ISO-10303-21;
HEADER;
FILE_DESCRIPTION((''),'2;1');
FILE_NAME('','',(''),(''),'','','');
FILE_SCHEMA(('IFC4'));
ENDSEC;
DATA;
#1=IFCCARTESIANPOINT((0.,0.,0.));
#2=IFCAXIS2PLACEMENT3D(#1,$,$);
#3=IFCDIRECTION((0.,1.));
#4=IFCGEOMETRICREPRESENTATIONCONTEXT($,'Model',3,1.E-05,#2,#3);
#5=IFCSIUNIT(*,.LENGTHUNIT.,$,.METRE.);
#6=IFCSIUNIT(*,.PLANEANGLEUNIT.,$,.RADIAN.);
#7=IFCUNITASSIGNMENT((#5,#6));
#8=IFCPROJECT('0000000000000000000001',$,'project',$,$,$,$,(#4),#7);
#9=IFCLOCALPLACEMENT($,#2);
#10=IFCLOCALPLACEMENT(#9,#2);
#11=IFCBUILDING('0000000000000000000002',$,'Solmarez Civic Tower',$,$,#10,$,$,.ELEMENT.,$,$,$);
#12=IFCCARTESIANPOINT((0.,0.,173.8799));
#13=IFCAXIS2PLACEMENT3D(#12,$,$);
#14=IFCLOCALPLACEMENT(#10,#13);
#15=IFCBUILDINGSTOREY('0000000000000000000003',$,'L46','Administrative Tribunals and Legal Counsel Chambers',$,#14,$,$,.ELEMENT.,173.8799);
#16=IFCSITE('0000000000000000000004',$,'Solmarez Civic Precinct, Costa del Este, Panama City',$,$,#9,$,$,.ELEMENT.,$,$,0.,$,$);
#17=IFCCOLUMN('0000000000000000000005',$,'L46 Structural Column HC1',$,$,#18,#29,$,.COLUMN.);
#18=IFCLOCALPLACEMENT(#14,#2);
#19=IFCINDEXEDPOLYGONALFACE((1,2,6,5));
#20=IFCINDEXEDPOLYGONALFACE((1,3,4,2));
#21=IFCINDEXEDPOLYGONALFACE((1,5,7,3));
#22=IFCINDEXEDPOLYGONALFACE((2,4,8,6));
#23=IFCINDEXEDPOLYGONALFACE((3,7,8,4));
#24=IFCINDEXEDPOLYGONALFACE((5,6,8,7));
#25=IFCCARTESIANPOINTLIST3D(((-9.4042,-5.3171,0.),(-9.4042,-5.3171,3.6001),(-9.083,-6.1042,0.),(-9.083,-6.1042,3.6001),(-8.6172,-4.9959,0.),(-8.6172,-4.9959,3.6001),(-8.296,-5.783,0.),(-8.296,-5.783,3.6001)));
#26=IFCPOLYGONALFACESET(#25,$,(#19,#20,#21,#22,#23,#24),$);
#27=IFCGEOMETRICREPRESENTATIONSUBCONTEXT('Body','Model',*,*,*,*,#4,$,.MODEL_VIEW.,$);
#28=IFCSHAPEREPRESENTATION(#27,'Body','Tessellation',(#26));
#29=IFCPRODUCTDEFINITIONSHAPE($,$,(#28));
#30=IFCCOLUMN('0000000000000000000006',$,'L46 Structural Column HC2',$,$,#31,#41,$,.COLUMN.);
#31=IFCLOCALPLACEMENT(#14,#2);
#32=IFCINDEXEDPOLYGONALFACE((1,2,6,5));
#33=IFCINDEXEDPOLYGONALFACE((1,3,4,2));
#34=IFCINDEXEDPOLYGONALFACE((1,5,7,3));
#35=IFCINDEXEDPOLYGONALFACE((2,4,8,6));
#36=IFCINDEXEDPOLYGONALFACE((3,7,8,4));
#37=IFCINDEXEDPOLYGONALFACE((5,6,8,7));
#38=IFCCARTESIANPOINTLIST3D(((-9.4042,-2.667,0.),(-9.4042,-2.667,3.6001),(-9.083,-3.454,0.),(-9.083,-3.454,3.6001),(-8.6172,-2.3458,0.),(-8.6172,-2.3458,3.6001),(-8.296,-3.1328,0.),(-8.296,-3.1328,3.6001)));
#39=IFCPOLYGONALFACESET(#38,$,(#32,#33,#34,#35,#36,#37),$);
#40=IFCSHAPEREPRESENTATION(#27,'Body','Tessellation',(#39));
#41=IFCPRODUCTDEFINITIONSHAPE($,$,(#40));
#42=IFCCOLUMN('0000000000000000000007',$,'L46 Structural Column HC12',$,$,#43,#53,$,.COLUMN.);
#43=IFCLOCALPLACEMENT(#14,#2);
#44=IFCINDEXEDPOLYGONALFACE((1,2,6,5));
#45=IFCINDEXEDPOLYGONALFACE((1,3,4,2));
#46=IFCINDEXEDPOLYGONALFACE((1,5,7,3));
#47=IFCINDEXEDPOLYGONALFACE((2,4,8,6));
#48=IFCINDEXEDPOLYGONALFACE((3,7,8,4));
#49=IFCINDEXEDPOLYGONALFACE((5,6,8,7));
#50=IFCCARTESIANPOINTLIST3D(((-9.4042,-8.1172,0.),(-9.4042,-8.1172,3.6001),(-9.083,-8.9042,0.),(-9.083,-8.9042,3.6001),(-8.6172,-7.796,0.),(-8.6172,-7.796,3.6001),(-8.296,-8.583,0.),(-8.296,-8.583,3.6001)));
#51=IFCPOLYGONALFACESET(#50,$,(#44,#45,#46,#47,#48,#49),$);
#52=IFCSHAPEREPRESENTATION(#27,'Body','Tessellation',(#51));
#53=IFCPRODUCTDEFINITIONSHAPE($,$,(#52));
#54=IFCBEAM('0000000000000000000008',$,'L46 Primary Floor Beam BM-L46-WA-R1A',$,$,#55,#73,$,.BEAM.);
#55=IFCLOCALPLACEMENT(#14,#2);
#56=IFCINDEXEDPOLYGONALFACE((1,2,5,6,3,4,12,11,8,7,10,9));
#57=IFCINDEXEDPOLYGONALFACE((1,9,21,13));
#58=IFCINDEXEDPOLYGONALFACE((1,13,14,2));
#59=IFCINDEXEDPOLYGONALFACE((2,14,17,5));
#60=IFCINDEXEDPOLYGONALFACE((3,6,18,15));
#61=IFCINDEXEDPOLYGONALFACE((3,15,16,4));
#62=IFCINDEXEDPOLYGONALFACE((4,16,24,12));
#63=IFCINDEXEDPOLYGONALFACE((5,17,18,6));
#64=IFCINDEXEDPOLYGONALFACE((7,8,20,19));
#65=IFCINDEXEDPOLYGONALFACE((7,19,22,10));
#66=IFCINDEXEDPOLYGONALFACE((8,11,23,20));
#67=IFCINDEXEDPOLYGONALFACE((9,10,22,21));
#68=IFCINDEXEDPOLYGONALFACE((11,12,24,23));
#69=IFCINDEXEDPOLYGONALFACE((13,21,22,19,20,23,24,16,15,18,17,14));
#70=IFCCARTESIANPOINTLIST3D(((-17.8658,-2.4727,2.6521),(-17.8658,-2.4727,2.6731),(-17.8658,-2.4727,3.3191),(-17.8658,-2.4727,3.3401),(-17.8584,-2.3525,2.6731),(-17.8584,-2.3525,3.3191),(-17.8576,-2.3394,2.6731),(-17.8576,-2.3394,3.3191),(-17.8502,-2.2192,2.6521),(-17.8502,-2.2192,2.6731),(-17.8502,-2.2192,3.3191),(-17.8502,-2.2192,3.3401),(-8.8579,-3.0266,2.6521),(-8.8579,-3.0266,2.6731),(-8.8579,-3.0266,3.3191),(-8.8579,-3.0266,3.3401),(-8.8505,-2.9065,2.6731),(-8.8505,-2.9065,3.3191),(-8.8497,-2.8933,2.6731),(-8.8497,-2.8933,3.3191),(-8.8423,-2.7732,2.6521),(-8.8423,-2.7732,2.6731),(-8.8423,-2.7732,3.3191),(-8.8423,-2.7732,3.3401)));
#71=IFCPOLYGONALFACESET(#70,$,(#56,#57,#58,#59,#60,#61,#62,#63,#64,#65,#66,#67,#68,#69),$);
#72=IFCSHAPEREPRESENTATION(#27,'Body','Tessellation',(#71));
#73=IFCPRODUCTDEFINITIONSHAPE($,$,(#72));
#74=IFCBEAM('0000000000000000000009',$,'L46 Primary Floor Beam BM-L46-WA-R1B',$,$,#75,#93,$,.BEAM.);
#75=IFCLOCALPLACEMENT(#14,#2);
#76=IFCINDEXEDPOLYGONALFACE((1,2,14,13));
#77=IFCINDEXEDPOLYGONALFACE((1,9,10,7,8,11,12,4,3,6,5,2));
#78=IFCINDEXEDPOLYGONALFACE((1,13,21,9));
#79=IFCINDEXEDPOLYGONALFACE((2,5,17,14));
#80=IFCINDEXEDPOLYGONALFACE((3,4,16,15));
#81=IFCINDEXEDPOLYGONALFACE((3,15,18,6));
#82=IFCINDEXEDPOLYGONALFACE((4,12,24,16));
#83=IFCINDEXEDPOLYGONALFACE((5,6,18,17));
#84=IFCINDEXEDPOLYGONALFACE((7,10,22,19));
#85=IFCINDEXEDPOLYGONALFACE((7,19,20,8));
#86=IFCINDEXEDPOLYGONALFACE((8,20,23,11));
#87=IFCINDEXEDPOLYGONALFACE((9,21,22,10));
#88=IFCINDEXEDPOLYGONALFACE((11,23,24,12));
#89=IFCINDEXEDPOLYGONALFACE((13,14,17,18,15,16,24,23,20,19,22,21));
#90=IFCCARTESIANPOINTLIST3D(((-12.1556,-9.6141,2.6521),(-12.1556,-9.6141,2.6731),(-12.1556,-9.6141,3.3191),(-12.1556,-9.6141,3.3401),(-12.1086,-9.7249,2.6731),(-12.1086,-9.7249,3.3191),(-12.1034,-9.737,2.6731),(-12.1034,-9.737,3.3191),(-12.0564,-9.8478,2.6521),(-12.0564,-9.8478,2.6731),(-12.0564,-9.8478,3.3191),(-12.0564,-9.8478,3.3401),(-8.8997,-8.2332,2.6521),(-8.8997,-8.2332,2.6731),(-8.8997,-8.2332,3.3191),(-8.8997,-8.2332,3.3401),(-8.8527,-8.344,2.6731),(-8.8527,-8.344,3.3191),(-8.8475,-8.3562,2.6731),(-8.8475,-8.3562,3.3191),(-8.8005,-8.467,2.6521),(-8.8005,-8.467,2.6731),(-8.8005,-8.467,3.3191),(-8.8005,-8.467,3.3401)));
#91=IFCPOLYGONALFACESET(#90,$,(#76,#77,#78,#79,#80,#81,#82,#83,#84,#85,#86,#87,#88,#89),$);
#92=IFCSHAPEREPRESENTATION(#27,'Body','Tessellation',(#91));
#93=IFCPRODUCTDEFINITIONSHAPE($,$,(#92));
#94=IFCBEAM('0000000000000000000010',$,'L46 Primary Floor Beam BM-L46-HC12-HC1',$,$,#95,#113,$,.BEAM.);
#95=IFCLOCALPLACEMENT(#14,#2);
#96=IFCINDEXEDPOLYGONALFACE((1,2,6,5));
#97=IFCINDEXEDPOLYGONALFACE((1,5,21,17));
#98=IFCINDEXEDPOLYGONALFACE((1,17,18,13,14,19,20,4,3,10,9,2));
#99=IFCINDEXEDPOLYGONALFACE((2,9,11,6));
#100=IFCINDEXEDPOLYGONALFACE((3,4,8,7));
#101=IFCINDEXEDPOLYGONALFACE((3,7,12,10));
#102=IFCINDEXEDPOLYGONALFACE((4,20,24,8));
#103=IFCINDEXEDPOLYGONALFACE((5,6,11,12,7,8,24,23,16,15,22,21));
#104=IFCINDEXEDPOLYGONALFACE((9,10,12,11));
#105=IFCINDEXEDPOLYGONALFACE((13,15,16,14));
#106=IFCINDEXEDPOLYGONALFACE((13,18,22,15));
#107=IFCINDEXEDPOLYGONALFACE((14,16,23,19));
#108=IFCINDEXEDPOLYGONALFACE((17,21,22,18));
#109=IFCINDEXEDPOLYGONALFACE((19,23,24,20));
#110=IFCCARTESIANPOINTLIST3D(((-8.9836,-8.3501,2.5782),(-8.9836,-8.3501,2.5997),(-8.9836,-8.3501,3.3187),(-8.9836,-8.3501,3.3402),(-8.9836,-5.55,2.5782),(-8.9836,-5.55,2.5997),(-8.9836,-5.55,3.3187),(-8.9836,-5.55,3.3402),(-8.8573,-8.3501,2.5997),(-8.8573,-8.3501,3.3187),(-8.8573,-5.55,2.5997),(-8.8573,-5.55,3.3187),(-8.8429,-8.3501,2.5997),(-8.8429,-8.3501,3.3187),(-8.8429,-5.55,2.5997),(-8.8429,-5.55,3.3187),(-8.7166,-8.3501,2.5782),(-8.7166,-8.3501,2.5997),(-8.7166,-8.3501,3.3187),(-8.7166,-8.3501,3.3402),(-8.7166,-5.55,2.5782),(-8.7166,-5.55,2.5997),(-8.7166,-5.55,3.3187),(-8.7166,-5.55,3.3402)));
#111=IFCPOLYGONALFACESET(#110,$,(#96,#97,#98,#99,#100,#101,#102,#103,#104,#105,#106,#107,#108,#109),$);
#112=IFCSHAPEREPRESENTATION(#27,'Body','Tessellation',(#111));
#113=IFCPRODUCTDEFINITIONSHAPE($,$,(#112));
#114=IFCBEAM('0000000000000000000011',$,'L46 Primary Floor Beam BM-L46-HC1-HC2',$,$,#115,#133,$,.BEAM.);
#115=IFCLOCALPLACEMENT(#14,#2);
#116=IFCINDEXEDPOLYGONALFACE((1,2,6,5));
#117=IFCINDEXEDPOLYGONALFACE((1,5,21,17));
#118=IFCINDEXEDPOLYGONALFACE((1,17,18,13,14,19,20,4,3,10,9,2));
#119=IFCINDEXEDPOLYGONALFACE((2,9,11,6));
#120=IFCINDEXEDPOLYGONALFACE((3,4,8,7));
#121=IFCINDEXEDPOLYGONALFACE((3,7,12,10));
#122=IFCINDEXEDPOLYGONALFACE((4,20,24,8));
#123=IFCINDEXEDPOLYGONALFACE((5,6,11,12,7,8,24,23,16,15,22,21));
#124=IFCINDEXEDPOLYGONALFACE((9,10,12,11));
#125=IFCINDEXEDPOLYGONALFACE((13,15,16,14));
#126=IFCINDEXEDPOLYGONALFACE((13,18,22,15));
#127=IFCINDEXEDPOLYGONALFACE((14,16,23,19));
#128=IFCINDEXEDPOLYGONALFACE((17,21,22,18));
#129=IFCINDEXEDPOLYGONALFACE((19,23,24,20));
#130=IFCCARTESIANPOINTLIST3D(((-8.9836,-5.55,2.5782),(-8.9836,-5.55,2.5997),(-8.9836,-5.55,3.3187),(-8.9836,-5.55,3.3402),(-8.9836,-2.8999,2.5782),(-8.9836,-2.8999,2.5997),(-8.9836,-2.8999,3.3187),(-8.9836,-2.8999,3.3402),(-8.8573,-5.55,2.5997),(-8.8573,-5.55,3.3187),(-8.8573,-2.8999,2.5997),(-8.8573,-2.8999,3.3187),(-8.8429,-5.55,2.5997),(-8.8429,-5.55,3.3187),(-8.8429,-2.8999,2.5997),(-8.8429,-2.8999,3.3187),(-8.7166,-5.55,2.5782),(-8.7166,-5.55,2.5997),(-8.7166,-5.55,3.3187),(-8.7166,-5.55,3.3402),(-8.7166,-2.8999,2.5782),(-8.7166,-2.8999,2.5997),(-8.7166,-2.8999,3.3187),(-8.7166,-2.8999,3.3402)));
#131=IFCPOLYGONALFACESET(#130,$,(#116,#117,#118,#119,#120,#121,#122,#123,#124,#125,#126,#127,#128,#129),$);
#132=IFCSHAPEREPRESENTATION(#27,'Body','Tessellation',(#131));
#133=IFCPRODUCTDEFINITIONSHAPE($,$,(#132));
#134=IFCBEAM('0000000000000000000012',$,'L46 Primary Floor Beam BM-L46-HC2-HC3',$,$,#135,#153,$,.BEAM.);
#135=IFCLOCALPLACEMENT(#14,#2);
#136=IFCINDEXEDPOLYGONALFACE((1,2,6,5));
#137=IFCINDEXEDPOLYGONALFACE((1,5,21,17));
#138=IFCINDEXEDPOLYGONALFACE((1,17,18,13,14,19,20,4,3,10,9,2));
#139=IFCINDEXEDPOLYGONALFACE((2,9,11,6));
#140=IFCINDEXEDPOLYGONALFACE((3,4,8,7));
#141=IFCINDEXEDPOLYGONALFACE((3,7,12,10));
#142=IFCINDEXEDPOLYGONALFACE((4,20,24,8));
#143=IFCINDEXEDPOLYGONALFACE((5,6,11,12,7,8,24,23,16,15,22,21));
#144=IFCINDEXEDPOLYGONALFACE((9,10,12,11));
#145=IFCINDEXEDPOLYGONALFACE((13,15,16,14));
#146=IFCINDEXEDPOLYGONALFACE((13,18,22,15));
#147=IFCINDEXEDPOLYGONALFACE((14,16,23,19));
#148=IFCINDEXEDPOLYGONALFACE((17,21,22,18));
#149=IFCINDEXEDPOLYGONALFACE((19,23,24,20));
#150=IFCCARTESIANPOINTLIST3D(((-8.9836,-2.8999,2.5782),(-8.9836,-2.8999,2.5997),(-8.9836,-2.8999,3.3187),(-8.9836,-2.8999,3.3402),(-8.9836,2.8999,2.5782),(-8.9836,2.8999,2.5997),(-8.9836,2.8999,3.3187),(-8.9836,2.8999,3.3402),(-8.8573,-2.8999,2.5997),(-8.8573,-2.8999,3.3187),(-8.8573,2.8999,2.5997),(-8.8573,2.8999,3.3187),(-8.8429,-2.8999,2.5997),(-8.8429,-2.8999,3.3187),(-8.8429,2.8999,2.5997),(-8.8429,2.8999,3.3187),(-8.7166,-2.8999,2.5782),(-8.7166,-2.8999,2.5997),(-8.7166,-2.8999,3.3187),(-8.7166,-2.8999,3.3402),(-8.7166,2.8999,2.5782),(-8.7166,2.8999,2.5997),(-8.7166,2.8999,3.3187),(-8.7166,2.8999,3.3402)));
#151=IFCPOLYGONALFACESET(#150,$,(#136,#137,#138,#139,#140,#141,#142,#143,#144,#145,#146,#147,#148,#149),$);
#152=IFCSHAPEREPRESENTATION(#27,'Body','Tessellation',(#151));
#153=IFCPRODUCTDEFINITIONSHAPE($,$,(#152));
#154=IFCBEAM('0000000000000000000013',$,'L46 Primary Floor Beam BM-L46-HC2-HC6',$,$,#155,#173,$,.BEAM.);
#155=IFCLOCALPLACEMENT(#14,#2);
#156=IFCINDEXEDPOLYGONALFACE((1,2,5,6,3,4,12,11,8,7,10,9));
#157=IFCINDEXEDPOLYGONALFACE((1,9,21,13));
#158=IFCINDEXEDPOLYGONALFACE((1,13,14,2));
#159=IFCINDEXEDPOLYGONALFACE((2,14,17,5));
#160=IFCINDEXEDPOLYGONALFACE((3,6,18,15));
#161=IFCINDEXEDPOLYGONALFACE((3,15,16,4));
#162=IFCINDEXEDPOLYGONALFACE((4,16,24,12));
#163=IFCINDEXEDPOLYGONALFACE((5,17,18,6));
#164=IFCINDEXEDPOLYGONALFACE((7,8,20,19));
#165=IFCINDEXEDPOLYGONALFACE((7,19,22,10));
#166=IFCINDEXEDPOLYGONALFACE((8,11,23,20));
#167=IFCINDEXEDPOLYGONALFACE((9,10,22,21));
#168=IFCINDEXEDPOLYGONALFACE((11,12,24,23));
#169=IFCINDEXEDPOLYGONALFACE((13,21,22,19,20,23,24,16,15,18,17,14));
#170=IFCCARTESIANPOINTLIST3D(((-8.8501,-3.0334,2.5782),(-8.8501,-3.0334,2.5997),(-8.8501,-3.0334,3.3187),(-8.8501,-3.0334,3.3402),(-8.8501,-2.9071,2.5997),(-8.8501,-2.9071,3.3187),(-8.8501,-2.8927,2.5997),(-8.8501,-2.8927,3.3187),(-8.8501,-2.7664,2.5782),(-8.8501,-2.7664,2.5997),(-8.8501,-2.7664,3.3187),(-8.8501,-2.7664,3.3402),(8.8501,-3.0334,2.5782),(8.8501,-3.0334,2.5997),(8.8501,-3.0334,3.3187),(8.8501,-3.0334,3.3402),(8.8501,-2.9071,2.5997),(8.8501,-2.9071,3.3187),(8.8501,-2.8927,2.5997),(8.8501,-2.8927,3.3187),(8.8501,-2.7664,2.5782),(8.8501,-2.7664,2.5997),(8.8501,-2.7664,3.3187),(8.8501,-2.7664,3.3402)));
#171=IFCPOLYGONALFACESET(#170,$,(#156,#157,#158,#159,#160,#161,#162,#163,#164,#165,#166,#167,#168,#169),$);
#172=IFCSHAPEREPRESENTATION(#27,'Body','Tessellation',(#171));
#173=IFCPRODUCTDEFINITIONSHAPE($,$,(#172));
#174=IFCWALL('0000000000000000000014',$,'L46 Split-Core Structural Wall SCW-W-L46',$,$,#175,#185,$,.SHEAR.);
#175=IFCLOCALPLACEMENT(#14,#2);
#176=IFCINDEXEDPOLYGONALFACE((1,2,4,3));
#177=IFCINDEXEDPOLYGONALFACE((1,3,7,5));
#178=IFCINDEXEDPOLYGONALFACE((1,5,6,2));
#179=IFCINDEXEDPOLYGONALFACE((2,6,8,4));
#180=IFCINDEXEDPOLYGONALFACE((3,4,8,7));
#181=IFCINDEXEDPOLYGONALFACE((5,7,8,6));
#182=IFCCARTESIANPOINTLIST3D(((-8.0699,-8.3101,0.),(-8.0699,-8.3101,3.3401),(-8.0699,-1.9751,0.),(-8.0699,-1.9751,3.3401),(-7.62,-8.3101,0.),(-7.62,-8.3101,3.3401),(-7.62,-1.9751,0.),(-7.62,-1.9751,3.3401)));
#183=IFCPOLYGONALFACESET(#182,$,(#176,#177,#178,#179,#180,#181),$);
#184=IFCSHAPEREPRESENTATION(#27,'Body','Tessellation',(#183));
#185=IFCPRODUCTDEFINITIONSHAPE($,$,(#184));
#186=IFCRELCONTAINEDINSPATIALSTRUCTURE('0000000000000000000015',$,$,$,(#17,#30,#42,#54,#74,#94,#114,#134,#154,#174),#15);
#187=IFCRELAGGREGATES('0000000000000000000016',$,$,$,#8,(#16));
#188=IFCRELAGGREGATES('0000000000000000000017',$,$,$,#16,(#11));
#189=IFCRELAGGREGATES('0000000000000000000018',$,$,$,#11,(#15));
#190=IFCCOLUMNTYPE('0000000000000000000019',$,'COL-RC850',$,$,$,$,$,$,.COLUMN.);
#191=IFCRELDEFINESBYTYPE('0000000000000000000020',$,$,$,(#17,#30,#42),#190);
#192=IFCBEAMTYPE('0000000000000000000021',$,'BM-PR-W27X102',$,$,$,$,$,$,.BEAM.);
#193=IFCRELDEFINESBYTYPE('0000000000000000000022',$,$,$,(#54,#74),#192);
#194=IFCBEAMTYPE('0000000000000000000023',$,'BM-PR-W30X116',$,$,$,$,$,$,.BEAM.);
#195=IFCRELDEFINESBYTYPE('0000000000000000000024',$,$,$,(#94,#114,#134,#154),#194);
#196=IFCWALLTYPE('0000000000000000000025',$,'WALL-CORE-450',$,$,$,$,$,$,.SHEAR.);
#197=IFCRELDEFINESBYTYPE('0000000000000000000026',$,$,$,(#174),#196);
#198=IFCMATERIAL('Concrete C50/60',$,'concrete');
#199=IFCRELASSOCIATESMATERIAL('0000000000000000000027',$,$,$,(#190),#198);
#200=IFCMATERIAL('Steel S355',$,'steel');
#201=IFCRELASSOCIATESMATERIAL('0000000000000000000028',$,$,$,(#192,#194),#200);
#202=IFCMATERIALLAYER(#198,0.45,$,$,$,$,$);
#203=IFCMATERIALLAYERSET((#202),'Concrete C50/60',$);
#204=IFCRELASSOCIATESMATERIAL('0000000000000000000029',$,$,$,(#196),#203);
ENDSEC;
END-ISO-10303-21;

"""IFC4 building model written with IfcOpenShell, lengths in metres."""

from ifc_helpers import new_model, si_unit, direction, frame, frame_2d, origin, origin_2d, place, context, subcontext, project, spatial, rectangle, i_section, extrude, material, layer, layer_set, material_profile, profile_set, type_object, element, save


model = new_model("IFC4")

# Units and contexts
model_context = context("Model", 3, precision=1e-05, world=origin(), true_north=direction((0.0, 1.0)))
body_context = subcontext(model_context, "Body", "Model", "MODEL_VIEW")
ifc_project = project(units=[si_unit("LENGTHUNIT", "METRE"), si_unit("PLANEANGLEUNIT", "RADIAN")], contexts=[model_context])

# Site, building, storey
site_placement = place(None, origin())
site = spatial("IfcSite", under=ifc_project, at=site_placement, Name="Solmarez Civic Precinct, Costa del Este, Panama City", CompositionType="ELEMENT", RefElevation=0.0)
building_placement = place(site_placement, origin())
building = spatial("IfcBuilding", under=site, at=building_placement, Name="Solmarez Civic Tower", CompositionType="ELEMENT")
storey_placement = place(building_placement, frame((0.0, 0.0, 173.8799)))
storey = spatial("IfcBuildingStorey", under=building, at=storey_placement, Name="L46", Description="Administrative Tribunals and Legal Counsel Chambers", CompositionType="ELEMENT", Elevation=173.8799)

# Columns
ifc_material_1 = material(Name="Concrete C50/60", Category="concrete")
ifc_material_profile_1 = material_profile(ifc_material_1, rectangle(XDim=0.8501, YDim=0.8501, at=origin_2d()), Name="RC850X850")
ifc_profile_set_1 = profile_set([ifc_material_profile_1], Name="Concrete C50/60")
column_type = type_object("IfcColumnType", Name="COL-RC850", PredefinedType="COLUMN", material=ifc_profile_set_1)
for number, where, z_axis, x_axis, name in (
    (1, (-8.8501, -5.55, 0.0), (0.0, 0.0, 1.0), (0.925871, 0.377841, 0.0), "L46 Structural Column HC1"),
    (2, (-8.8501, -2.8999, 0.0), (0.0, 0.0, 1.0), (0.925871, 0.377841, 0.0), "L46 Structural Column HC2"),
    (3, (-8.8501, -8.3501, 0.0), (0.0, 0.0, 1.0), (0.925871, 0.377841, 0.0), "L46 Structural Column HC12"),
):
    element("IfcColumn", number, at=place(storey_placement, frame(where, z_axis=z_axis, x_axis=x_axis)), inside=storey, type_object=column_type, Name=name, PredefinedType="COLUMN", context=body_context, shape_type="SweptSolid", body=[
        extrude(rectangle(XDim=0.8501, YDim=0.8501, at=origin_2d()), origin(), (0.0, 0.0, 1.0), 3.6001),
    ])

# Beams
ifc_material_2 = material(Name="Steel S355", Category="steel")
ifc_material_profile_2 = material_profile(ifc_material_2, i_section(OverallWidth=0.2539, OverallDepth=0.688, WebThickness=0.0132, FlangeThickness=0.021, at=origin_2d()), Name="W27X102")
ifc_profile_set_2 = profile_set([ifc_material_profile_2], Name="Steel S355")
beam_type_1 = type_object("IfcBeamType", Name="BM-PR-W27X102", PredefinedType="BEAM", material=ifc_profile_set_2)
beam_1_placement = place(storey_placement, frame((-8.8501, -2.8999, 2.9961), z_axis=(-0.998114, 0.061381, 0.0), x_axis=(-0.061381, -0.998114, 0.0)))
element("IfcBeam", 4, at=beam_1_placement, inside=storey, type_object=beam_type_1, Name="L46 Primary Floor Beam BM-L46-WA-R1A", PredefinedType="BEAM", context=body_context, shape_type="SweptSolid", body=[
    extrude(i_section(OverallWidth=0.2539, OverallDepth=0.688, WebThickness=0.0132, FlangeThickness=0.021, at=origin_2d()), origin(), (0.0, 0.0, 1.0), 9.0249),
])
beam_2_placement = place(storey_placement, frame((-8.8501, -8.3501, 2.9961), z_axis=(-0.920624, -0.390451, 0.0), x_axis=(0.390451, -0.920624, 0.0)))
element("IfcBeam", 5, at=beam_2_placement, inside=storey, type_object=beam_type_1, Name="L46 Primary Floor Beam BM-L46-WA-R1B", PredefinedType="BEAM", context=body_context, shape_type="SweptSolid", body=[
    extrude(i_section(OverallWidth=0.2539, OverallDepth=0.688, WebThickness=0.0132, FlangeThickness=0.021, at=origin_2d()), origin(), (0.0, 0.0, 1.0), 3.5366),
])
ifc_material_profile_3 = material_profile(ifc_material_2, i_section(OverallWidth=0.2671, OverallDepth=0.762, WebThickness=0.0144, FlangeThickness=0.0215, at=origin_2d()), Name="W30X116")
ifc_profile_set_3 = profile_set([ifc_material_profile_3], Name="Steel S355")
beam_type_2 = type_object("IfcBeamType", Name="BM-PR-W30X116", PredefinedType="BEAM", material=ifc_profile_set_3)
beam_3_placement = place(storey_placement, frame((-8.8501, -8.3501, 2.9592), z_axis=(0.0, 1.0, 0.0), x_axis=(-1.0, 0.0, 0.0)))
element("IfcBeam", 6, at=beam_3_placement, inside=storey, type_object=beam_type_2, Name="L46 Primary Floor Beam BM-L46-HC12-HC1", PredefinedType="BEAM", context=body_context, shape_type="SweptSolid", body=[
    extrude(i_section(OverallWidth=0.2671, OverallDepth=0.762, WebThickness=0.0144, FlangeThickness=0.0215, at=origin_2d()), origin(), (0.0, 0.0, 1.0), 2.8),
])
beam_4_placement = place(storey_placement, frame((-8.8501, -5.55, 2.9592), z_axis=(0.0, 1.0, 0.0), x_axis=(-1.0, 0.0, 0.0)))
element("IfcBeam", 7, at=beam_4_placement, inside=storey, type_object=beam_type_2, Name="L46 Primary Floor Beam BM-L46-HC1-HC2", PredefinedType="BEAM", context=body_context, shape_type="SweptSolid", body=[
    extrude(i_section(OverallWidth=0.2671, OverallDepth=0.762, WebThickness=0.0144, FlangeThickness=0.0215, at=origin_2d()), origin(), (0.0, 0.0, 1.0), 2.6501),
])
beam_5_placement = place(storey_placement, frame((-8.8501, -2.8999, 2.9592), z_axis=(0.0, 1.0, 0.0), x_axis=(-1.0, 0.0, 0.0)))
element("IfcBeam", 8, at=beam_5_placement, inside=storey, type_object=beam_type_2, Name="L46 Primary Floor Beam BM-L46-HC2-HC3", PredefinedType="BEAM", context=body_context, shape_type="SweptSolid", body=[
    extrude(i_section(OverallWidth=0.2671, OverallDepth=0.762, WebThickness=0.0144, FlangeThickness=0.0215, at=origin_2d()), origin(), (0.0, 0.0, 1.0), 5.7998),
])
beam_6_placement = place(storey_placement, frame((-8.8501, -2.8999, 2.9592), z_axis=(1.0, 0.0, 0.0), x_axis=(0.0, 1.0, 0.0)))
element("IfcBeam", 9, at=beam_6_placement, inside=storey, type_object=beam_type_2, Name="L46 Primary Floor Beam BM-L46-HC2-HC6", PredefinedType="BEAM", context=body_context, shape_type="SweptSolid", body=[
    extrude(i_section(OverallWidth=0.2671, OverallDepth=0.762, WebThickness=0.0144, FlangeThickness=0.0215, at=origin_2d()), origin(), (0.0, 0.0, 1.0), 17.7002),
])

# Wall
ifc_layer_1 = layer(ifc_material_1, 0.45)
ifc_layer_set_1 = layer_set([ifc_layer_1], Name="Concrete C50/60")
wall_type_1 = type_object("IfcWallType", Name="WALL-CORE-450", PredefinedType="SHEAR", material=ifc_layer_set_1)
wall_1_placement = place(storey_placement, frame((-7.845, -8.3101, 0.0), z_axis=(0.0, 0.0, 1.0), x_axis=(0.0, 1.0, 0.0)))
element("IfcWall", 10, at=wall_1_placement, inside=storey, type_object=wall_type_1, Name="L46 Split-Core Structural Wall SCW-W-L46", PredefinedType="SHEAR", context=body_context, shape_type="SweptSolid", body=[
    extrude(rectangle(XDim=6.335, YDim=0.45, at=frame_2d((3.1675, 0.0))), origin(), (0.0, 0.0, 1.0), 3.3401),
])

save(model, "model.ifc")
